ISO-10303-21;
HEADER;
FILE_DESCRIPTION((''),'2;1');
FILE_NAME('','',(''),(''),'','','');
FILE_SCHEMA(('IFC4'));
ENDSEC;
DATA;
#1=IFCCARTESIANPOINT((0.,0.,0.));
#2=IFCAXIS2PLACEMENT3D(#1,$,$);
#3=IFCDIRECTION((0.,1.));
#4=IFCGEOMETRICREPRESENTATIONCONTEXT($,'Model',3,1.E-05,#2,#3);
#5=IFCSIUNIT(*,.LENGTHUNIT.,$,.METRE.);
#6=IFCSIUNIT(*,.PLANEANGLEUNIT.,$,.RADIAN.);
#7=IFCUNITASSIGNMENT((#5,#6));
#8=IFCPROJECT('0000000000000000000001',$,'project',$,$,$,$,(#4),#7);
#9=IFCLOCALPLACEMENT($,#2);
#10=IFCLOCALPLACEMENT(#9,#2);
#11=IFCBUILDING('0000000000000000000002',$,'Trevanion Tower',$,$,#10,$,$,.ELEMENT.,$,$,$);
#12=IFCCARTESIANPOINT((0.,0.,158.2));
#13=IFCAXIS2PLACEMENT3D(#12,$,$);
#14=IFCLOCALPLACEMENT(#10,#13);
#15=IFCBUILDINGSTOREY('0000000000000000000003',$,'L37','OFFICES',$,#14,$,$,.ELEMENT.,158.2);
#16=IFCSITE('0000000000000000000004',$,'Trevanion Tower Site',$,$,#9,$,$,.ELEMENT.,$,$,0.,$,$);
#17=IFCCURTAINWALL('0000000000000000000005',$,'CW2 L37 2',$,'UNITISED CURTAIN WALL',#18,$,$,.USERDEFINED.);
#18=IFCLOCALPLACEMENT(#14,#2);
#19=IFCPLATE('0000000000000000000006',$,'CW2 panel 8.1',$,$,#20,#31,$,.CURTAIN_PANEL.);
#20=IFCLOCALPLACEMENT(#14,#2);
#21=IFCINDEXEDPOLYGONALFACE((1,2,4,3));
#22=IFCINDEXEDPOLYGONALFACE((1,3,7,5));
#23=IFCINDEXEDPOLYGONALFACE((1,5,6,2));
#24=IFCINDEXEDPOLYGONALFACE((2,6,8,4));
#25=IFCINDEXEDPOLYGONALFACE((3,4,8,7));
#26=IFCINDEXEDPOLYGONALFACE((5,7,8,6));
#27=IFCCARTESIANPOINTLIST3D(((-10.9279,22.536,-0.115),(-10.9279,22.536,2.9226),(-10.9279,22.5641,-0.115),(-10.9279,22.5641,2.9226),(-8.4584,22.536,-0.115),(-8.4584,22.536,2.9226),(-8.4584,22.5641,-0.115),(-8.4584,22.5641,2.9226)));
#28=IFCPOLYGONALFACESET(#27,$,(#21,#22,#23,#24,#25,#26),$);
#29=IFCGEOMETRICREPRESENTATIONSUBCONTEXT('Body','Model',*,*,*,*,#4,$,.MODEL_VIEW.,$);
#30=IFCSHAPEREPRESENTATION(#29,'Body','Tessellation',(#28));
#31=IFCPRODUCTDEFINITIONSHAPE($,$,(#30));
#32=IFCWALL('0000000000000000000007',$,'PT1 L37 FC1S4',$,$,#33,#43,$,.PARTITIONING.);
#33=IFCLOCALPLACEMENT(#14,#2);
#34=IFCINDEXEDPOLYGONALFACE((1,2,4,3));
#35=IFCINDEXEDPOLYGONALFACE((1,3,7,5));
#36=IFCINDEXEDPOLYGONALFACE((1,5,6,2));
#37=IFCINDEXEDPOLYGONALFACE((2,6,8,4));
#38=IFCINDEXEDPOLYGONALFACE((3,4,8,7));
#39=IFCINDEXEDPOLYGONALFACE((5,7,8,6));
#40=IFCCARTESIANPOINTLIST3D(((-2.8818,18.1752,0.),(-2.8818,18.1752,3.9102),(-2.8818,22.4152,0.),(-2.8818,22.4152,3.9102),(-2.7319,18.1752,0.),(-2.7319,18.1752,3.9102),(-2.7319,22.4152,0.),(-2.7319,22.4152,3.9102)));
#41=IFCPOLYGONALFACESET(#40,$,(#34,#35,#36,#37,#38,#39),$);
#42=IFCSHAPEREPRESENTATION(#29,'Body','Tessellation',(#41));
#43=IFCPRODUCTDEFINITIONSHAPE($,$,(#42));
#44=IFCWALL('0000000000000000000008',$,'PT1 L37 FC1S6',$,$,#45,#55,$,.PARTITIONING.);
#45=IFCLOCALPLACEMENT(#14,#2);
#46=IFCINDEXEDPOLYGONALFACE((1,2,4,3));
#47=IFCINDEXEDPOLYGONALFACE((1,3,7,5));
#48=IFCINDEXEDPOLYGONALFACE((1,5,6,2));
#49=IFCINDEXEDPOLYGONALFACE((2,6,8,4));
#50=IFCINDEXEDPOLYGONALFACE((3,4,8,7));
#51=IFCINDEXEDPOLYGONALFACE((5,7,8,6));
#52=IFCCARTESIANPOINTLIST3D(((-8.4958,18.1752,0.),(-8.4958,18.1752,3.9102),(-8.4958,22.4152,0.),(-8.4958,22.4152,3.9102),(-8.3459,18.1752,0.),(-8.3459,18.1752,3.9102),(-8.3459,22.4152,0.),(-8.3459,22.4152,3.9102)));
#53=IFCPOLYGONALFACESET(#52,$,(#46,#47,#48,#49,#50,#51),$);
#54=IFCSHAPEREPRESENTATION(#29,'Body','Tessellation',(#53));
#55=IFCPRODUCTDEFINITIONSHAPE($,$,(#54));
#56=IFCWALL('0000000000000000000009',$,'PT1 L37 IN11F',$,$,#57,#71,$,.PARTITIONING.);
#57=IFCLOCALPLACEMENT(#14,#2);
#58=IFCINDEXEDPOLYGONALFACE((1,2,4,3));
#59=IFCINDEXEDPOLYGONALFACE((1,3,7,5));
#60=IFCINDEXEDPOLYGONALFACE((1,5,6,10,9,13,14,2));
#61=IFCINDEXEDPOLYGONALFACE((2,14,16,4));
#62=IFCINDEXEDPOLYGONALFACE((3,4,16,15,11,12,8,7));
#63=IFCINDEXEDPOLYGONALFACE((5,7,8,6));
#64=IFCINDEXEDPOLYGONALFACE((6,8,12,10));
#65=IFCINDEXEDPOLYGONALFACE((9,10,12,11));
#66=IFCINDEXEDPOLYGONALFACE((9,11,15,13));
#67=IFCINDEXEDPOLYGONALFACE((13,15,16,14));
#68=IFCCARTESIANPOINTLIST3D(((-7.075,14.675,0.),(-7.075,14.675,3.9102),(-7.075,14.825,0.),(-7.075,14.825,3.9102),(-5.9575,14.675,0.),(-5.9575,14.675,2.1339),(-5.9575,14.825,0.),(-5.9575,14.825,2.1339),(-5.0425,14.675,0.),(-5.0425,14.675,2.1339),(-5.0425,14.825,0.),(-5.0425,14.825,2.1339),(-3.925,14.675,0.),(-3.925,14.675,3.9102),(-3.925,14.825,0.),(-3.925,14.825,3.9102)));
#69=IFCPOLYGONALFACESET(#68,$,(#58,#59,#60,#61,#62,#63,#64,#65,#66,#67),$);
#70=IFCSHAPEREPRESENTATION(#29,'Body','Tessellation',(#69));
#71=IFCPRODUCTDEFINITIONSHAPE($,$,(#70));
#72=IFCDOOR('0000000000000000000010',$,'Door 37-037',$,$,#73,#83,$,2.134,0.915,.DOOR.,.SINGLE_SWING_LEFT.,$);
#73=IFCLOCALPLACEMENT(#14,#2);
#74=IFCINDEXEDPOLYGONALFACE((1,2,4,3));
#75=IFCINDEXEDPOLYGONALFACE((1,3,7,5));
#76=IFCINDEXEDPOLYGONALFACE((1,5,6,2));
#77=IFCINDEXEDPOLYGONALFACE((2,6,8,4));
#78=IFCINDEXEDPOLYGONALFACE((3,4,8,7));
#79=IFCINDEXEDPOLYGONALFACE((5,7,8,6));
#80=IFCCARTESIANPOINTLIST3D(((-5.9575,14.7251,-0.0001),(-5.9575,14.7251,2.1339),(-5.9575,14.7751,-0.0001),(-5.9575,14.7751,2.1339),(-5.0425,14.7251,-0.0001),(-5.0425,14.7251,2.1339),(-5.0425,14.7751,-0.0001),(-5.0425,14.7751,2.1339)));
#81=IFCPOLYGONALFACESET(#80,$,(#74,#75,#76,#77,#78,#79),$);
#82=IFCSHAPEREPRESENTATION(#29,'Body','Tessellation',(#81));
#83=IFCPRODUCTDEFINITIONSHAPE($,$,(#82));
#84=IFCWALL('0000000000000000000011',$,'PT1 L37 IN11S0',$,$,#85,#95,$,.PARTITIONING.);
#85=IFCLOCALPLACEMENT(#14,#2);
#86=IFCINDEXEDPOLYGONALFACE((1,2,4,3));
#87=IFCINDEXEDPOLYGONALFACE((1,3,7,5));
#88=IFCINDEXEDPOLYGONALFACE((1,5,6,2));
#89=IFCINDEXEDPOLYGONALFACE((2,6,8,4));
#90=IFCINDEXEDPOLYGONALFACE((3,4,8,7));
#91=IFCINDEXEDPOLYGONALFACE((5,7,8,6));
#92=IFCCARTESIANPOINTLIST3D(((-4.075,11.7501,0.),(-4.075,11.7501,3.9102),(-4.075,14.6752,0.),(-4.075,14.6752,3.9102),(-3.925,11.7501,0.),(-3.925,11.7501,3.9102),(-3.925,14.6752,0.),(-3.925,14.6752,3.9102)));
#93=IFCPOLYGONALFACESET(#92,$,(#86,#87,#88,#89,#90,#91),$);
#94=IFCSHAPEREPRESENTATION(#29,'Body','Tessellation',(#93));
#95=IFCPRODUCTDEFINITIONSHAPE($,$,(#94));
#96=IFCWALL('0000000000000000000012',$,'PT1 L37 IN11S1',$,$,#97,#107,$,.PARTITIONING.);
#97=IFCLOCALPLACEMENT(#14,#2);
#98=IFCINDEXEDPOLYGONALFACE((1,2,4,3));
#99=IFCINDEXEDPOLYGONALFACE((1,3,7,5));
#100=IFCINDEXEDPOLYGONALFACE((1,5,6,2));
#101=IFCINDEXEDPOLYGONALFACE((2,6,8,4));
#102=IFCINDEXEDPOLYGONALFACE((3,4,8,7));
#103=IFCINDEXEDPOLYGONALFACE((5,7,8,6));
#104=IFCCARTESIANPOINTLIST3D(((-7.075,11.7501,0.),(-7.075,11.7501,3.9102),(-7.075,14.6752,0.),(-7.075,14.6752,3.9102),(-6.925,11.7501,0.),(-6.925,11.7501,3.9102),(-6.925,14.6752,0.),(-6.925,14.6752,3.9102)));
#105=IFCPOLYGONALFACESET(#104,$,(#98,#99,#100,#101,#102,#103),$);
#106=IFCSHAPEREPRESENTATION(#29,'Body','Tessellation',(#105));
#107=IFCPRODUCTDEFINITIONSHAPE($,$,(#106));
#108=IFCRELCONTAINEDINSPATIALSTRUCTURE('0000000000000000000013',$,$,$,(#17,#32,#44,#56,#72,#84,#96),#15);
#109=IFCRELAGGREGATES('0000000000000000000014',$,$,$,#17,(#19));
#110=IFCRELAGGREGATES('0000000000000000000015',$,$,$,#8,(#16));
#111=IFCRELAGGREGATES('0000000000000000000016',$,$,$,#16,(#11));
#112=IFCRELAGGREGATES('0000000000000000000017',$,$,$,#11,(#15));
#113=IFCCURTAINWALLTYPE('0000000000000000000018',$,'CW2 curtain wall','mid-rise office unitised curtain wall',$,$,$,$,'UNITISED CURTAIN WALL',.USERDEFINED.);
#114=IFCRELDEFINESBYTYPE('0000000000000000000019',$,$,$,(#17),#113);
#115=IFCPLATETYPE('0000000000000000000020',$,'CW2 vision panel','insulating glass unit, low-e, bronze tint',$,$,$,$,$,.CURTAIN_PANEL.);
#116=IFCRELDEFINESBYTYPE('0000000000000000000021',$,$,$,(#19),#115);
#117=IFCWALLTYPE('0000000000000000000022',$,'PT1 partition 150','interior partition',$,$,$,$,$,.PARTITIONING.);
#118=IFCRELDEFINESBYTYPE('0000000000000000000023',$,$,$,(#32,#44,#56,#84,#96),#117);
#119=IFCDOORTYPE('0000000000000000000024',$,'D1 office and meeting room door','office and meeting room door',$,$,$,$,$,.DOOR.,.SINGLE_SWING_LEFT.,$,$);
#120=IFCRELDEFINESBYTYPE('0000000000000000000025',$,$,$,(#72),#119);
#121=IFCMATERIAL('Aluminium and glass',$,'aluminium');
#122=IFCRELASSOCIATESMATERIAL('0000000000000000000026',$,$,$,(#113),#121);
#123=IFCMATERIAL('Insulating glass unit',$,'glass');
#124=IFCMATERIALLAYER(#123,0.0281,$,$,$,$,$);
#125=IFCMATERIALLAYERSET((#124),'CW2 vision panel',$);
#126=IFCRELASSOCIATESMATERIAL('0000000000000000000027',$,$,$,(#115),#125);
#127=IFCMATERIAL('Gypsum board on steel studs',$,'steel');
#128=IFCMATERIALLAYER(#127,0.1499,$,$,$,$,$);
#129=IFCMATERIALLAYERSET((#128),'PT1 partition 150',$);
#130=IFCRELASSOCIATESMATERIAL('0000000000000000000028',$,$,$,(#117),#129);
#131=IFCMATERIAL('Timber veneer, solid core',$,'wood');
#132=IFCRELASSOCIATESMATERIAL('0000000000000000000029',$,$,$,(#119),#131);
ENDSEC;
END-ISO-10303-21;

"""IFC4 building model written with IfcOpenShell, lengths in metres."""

from ifc_helpers import new_model, si_unit, direction, frame, frame_2d, origin, origin_2d, place, context, subcontext, project, spatial, rectangle, extrude, material, layer, layer_set, type_object, element, fill, aggregate, save


model = new_model("IFC4")

# Units and contexts
model_context = context("Model", 3, precision=1e-05, world=origin(), true_north=direction((0.0, 1.0)))
body_context = subcontext(model_context, "Body", "Model", "MODEL_VIEW")
ifc_project = project(units=[si_unit("LENGTHUNIT", "METRE"), si_unit("PLANEANGLEUNIT", "RADIAN")], contexts=[model_context])

# Site, building, storey
site_placement = place(None, origin())
site = spatial("IfcSite", under=ifc_project, at=site_placement, Name="Trevanion Tower Site", CompositionType="ELEMENT", RefElevation=0.0)
building_placement = place(site_placement, origin())
building = spatial("IfcBuilding", under=site, at=building_placement, Name="Trevanion Tower", CompositionType="ELEMENT")
storey_placement = place(building_placement, frame((0.0, 0.0, 158.2)))
storey = spatial("IfcBuildingStorey", under=building, at=storey_placement, Name="L37", Description="OFFICES", CompositionType="ELEMENT", Elevation=158.2)

# Curtain wall
ifc_material_1 = material(Name="Aluminium and glass", Category="aluminium")
curtain_wall_type = type_object("IfcCurtainWallType", Name="CW2 curtain wall", Description="mid-rise office unitised curtain wall", ElementType="UNITISED CURTAIN WALL", PredefinedType="USERDEFINED", material=ifc_material_1)
curtain_wall_placement = place(storey_placement, origin())
curtain_wall = element("IfcCurtainWall", 1, at=curtain_wall_placement, inside=storey, type_object=curtain_wall_type, Name="CW2 L37 2", ObjectType="UNITISED CURTAIN WALL", PredefinedType="USERDEFINED")

# Plate
ifc_material_2 = material(Name="Insulating glass unit", Category="glass")
ifc_layer_1 = layer(ifc_material_2, 0.0281)
ifc_layer_set_1 = layer_set([ifc_layer_1], Name="CW2 vision panel")
plate_type_1 = type_object("IfcPlateType", Name="CW2 vision panel", Description="insulating glass unit, low-e, bronze tint", PredefinedType="CURTAIN_PANEL", material=ifc_layer_set_1)
plate_1_placement = place(storey_placement, frame((-9.6931, 22.55, -0.115), z_axis=(0.0, 0.0, 1.0), x_axis=(-1.0, 0.0, 0.0)))
plate_1 = element("IfcPlate", 2, at=plate_1_placement, type_object=plate_type_1, Name="CW2 panel 8.1", PredefinedType="CURTAIN_PANEL", context=body_context, shape_type="SweptSolid", body=[
    extrude(rectangle(XDim=2.4695, YDim=0.0281, at=origin_2d()), origin(), (0.0, 0.0, 1.0), 3.0376),
])
aggregate(curtain_wall, [plate_1])

# Walls
ifc_material_3 = material(Name="Gypsum board on steel studs", Category="steel")
ifc_layer_2 = layer(ifc_material_3, 0.1499)
ifc_layer_set_2 = layer_set([ifc_layer_2], Name="PT1 partition 150")
wall_type = type_object("IfcWallType", Name="PT1 partition 150", Description="interior partition", PredefinedType="PARTITIONING", material=ifc_layer_set_2)
for number, where, z_axis, x_axis, name in (
    (3, (-2.8069, 18.175, 0.0), (0.0, 0.0, 1.0), (0.0, 1.0, 0.0), "PT1 L37 FC1S4"),
    (4, (-8.4209, 18.175, 0.0), (0.0, 0.0, 1.0), (0.0, 1.0, 0.0), "PT1 L37 FC1S6"),
):
    element("IfcWall", number, at=place(storey_placement, frame(where, z_axis=z_axis, x_axis=x_axis)), inside=storey, type_object=wall_type, Name=name, PredefinedType="PARTITIONING", context=body_context, shape_type="SweptSolid", body=[
        extrude(rectangle(XDim=4.24, YDim=0.1499, at=frame_2d((2.1201, 0.0))), origin(), (0.0, 0.0, 1.0), 3.9102),
    ])

# Wall, opening, door
wall_placement = place(storey_placement, frame((-3.925, 14.75, 0.0), z_axis=(0.0, 0.0, 1.0), x_axis=(-1.0, 0.0, 0.0)))
wall = element("IfcWall", 5, at=wall_placement, inside=storey, type_object=wall_type, Name="PT1 L37 IN11F", PredefinedType="PARTITIONING", context=body_context, shape_type="SweptSolid", body=[
    extrude(rectangle(XDim=3.1499, YDim=0.1499, at=frame_2d((1.575, 0.0))), origin(), (0.0, 0.0, 1.0), 3.9102),
])
opening_placement = place(wall_placement, frame((1.1174, 0.0, 0.0)))
opening = element("IfcOpeningElement", 6, at=opening_placement, cuts=wall, PredefinedType="OPENING", context=body_context, shape_type="SweptSolid", body=[
    extrude(rectangle(XDim=0.915, YDim=2.134, at=frame_2d((0.4575, 1.0669))), frame((0.0, 0.085, 0.0), z_axis=(0.0, -1.0, 0.0), x_axis=(1.0, 0.0, 0.0)), (0.0, 0.0, 1.0), 0.1699),
])
ifc_material_4 = material(Name="Timber veneer, solid core", Category="wood")
door_type = type_object("IfcDoorType", Name="D1 office and meeting room door", Description="office and meeting room door", OperationType="SINGLE_SWING_LEFT", PredefinedType="DOOR", material=ifc_material_4)
door_placement = place(opening_placement, origin())
door = element("IfcDoor", 7, at=door_placement, inside=storey, type_object=door_type, Name="Door 37-037", OperationType="SINGLE_SWING_LEFT", OverallHeight=2.134, OverallWidth=0.915, PredefinedType="DOOR", context=body_context, shape_type="SweptSolid", body=[
    extrude(rectangle(XDim=0.915, YDim=2.134, at=frame_2d((0.4575, 1.0669))), frame((0.0, 0.0249, 0.0), z_axis=(0.0, -1.0, 0.0), x_axis=(1.0, 0.0, 0.0)), (0.0, 0.0, 1.0), 0.05),
])
fill(opening, door)

# Walls
for number, where, z_axis, x_axis, name in (
    (8, (-4.0, 14.675, 0.0), (0.0, 0.0, 1.0), (0.0, -1.0, 0.0), "PT1 L37 IN11S0"),
    (9, (-7.0, 14.675, 0.0), (0.0, 0.0, 1.0), (0.0, -1.0, 0.0), "PT1 L37 IN11S1"),
):
    element("IfcWall", number, at=place(storey_placement, frame(where, z_axis=z_axis, x_axis=x_axis)), inside=storey, type_object=wall_type, Name=name, PredefinedType="PARTITIONING", context=body_context, shape_type="SweptSolid", body=[
        extrude(rectangle(XDim=2.925, YDim=0.1499, at=frame_2d((1.4624, 0.0))), origin(), (0.0, 0.0, 1.0), 3.9102),
    ])

save(model, "model.ifc")
